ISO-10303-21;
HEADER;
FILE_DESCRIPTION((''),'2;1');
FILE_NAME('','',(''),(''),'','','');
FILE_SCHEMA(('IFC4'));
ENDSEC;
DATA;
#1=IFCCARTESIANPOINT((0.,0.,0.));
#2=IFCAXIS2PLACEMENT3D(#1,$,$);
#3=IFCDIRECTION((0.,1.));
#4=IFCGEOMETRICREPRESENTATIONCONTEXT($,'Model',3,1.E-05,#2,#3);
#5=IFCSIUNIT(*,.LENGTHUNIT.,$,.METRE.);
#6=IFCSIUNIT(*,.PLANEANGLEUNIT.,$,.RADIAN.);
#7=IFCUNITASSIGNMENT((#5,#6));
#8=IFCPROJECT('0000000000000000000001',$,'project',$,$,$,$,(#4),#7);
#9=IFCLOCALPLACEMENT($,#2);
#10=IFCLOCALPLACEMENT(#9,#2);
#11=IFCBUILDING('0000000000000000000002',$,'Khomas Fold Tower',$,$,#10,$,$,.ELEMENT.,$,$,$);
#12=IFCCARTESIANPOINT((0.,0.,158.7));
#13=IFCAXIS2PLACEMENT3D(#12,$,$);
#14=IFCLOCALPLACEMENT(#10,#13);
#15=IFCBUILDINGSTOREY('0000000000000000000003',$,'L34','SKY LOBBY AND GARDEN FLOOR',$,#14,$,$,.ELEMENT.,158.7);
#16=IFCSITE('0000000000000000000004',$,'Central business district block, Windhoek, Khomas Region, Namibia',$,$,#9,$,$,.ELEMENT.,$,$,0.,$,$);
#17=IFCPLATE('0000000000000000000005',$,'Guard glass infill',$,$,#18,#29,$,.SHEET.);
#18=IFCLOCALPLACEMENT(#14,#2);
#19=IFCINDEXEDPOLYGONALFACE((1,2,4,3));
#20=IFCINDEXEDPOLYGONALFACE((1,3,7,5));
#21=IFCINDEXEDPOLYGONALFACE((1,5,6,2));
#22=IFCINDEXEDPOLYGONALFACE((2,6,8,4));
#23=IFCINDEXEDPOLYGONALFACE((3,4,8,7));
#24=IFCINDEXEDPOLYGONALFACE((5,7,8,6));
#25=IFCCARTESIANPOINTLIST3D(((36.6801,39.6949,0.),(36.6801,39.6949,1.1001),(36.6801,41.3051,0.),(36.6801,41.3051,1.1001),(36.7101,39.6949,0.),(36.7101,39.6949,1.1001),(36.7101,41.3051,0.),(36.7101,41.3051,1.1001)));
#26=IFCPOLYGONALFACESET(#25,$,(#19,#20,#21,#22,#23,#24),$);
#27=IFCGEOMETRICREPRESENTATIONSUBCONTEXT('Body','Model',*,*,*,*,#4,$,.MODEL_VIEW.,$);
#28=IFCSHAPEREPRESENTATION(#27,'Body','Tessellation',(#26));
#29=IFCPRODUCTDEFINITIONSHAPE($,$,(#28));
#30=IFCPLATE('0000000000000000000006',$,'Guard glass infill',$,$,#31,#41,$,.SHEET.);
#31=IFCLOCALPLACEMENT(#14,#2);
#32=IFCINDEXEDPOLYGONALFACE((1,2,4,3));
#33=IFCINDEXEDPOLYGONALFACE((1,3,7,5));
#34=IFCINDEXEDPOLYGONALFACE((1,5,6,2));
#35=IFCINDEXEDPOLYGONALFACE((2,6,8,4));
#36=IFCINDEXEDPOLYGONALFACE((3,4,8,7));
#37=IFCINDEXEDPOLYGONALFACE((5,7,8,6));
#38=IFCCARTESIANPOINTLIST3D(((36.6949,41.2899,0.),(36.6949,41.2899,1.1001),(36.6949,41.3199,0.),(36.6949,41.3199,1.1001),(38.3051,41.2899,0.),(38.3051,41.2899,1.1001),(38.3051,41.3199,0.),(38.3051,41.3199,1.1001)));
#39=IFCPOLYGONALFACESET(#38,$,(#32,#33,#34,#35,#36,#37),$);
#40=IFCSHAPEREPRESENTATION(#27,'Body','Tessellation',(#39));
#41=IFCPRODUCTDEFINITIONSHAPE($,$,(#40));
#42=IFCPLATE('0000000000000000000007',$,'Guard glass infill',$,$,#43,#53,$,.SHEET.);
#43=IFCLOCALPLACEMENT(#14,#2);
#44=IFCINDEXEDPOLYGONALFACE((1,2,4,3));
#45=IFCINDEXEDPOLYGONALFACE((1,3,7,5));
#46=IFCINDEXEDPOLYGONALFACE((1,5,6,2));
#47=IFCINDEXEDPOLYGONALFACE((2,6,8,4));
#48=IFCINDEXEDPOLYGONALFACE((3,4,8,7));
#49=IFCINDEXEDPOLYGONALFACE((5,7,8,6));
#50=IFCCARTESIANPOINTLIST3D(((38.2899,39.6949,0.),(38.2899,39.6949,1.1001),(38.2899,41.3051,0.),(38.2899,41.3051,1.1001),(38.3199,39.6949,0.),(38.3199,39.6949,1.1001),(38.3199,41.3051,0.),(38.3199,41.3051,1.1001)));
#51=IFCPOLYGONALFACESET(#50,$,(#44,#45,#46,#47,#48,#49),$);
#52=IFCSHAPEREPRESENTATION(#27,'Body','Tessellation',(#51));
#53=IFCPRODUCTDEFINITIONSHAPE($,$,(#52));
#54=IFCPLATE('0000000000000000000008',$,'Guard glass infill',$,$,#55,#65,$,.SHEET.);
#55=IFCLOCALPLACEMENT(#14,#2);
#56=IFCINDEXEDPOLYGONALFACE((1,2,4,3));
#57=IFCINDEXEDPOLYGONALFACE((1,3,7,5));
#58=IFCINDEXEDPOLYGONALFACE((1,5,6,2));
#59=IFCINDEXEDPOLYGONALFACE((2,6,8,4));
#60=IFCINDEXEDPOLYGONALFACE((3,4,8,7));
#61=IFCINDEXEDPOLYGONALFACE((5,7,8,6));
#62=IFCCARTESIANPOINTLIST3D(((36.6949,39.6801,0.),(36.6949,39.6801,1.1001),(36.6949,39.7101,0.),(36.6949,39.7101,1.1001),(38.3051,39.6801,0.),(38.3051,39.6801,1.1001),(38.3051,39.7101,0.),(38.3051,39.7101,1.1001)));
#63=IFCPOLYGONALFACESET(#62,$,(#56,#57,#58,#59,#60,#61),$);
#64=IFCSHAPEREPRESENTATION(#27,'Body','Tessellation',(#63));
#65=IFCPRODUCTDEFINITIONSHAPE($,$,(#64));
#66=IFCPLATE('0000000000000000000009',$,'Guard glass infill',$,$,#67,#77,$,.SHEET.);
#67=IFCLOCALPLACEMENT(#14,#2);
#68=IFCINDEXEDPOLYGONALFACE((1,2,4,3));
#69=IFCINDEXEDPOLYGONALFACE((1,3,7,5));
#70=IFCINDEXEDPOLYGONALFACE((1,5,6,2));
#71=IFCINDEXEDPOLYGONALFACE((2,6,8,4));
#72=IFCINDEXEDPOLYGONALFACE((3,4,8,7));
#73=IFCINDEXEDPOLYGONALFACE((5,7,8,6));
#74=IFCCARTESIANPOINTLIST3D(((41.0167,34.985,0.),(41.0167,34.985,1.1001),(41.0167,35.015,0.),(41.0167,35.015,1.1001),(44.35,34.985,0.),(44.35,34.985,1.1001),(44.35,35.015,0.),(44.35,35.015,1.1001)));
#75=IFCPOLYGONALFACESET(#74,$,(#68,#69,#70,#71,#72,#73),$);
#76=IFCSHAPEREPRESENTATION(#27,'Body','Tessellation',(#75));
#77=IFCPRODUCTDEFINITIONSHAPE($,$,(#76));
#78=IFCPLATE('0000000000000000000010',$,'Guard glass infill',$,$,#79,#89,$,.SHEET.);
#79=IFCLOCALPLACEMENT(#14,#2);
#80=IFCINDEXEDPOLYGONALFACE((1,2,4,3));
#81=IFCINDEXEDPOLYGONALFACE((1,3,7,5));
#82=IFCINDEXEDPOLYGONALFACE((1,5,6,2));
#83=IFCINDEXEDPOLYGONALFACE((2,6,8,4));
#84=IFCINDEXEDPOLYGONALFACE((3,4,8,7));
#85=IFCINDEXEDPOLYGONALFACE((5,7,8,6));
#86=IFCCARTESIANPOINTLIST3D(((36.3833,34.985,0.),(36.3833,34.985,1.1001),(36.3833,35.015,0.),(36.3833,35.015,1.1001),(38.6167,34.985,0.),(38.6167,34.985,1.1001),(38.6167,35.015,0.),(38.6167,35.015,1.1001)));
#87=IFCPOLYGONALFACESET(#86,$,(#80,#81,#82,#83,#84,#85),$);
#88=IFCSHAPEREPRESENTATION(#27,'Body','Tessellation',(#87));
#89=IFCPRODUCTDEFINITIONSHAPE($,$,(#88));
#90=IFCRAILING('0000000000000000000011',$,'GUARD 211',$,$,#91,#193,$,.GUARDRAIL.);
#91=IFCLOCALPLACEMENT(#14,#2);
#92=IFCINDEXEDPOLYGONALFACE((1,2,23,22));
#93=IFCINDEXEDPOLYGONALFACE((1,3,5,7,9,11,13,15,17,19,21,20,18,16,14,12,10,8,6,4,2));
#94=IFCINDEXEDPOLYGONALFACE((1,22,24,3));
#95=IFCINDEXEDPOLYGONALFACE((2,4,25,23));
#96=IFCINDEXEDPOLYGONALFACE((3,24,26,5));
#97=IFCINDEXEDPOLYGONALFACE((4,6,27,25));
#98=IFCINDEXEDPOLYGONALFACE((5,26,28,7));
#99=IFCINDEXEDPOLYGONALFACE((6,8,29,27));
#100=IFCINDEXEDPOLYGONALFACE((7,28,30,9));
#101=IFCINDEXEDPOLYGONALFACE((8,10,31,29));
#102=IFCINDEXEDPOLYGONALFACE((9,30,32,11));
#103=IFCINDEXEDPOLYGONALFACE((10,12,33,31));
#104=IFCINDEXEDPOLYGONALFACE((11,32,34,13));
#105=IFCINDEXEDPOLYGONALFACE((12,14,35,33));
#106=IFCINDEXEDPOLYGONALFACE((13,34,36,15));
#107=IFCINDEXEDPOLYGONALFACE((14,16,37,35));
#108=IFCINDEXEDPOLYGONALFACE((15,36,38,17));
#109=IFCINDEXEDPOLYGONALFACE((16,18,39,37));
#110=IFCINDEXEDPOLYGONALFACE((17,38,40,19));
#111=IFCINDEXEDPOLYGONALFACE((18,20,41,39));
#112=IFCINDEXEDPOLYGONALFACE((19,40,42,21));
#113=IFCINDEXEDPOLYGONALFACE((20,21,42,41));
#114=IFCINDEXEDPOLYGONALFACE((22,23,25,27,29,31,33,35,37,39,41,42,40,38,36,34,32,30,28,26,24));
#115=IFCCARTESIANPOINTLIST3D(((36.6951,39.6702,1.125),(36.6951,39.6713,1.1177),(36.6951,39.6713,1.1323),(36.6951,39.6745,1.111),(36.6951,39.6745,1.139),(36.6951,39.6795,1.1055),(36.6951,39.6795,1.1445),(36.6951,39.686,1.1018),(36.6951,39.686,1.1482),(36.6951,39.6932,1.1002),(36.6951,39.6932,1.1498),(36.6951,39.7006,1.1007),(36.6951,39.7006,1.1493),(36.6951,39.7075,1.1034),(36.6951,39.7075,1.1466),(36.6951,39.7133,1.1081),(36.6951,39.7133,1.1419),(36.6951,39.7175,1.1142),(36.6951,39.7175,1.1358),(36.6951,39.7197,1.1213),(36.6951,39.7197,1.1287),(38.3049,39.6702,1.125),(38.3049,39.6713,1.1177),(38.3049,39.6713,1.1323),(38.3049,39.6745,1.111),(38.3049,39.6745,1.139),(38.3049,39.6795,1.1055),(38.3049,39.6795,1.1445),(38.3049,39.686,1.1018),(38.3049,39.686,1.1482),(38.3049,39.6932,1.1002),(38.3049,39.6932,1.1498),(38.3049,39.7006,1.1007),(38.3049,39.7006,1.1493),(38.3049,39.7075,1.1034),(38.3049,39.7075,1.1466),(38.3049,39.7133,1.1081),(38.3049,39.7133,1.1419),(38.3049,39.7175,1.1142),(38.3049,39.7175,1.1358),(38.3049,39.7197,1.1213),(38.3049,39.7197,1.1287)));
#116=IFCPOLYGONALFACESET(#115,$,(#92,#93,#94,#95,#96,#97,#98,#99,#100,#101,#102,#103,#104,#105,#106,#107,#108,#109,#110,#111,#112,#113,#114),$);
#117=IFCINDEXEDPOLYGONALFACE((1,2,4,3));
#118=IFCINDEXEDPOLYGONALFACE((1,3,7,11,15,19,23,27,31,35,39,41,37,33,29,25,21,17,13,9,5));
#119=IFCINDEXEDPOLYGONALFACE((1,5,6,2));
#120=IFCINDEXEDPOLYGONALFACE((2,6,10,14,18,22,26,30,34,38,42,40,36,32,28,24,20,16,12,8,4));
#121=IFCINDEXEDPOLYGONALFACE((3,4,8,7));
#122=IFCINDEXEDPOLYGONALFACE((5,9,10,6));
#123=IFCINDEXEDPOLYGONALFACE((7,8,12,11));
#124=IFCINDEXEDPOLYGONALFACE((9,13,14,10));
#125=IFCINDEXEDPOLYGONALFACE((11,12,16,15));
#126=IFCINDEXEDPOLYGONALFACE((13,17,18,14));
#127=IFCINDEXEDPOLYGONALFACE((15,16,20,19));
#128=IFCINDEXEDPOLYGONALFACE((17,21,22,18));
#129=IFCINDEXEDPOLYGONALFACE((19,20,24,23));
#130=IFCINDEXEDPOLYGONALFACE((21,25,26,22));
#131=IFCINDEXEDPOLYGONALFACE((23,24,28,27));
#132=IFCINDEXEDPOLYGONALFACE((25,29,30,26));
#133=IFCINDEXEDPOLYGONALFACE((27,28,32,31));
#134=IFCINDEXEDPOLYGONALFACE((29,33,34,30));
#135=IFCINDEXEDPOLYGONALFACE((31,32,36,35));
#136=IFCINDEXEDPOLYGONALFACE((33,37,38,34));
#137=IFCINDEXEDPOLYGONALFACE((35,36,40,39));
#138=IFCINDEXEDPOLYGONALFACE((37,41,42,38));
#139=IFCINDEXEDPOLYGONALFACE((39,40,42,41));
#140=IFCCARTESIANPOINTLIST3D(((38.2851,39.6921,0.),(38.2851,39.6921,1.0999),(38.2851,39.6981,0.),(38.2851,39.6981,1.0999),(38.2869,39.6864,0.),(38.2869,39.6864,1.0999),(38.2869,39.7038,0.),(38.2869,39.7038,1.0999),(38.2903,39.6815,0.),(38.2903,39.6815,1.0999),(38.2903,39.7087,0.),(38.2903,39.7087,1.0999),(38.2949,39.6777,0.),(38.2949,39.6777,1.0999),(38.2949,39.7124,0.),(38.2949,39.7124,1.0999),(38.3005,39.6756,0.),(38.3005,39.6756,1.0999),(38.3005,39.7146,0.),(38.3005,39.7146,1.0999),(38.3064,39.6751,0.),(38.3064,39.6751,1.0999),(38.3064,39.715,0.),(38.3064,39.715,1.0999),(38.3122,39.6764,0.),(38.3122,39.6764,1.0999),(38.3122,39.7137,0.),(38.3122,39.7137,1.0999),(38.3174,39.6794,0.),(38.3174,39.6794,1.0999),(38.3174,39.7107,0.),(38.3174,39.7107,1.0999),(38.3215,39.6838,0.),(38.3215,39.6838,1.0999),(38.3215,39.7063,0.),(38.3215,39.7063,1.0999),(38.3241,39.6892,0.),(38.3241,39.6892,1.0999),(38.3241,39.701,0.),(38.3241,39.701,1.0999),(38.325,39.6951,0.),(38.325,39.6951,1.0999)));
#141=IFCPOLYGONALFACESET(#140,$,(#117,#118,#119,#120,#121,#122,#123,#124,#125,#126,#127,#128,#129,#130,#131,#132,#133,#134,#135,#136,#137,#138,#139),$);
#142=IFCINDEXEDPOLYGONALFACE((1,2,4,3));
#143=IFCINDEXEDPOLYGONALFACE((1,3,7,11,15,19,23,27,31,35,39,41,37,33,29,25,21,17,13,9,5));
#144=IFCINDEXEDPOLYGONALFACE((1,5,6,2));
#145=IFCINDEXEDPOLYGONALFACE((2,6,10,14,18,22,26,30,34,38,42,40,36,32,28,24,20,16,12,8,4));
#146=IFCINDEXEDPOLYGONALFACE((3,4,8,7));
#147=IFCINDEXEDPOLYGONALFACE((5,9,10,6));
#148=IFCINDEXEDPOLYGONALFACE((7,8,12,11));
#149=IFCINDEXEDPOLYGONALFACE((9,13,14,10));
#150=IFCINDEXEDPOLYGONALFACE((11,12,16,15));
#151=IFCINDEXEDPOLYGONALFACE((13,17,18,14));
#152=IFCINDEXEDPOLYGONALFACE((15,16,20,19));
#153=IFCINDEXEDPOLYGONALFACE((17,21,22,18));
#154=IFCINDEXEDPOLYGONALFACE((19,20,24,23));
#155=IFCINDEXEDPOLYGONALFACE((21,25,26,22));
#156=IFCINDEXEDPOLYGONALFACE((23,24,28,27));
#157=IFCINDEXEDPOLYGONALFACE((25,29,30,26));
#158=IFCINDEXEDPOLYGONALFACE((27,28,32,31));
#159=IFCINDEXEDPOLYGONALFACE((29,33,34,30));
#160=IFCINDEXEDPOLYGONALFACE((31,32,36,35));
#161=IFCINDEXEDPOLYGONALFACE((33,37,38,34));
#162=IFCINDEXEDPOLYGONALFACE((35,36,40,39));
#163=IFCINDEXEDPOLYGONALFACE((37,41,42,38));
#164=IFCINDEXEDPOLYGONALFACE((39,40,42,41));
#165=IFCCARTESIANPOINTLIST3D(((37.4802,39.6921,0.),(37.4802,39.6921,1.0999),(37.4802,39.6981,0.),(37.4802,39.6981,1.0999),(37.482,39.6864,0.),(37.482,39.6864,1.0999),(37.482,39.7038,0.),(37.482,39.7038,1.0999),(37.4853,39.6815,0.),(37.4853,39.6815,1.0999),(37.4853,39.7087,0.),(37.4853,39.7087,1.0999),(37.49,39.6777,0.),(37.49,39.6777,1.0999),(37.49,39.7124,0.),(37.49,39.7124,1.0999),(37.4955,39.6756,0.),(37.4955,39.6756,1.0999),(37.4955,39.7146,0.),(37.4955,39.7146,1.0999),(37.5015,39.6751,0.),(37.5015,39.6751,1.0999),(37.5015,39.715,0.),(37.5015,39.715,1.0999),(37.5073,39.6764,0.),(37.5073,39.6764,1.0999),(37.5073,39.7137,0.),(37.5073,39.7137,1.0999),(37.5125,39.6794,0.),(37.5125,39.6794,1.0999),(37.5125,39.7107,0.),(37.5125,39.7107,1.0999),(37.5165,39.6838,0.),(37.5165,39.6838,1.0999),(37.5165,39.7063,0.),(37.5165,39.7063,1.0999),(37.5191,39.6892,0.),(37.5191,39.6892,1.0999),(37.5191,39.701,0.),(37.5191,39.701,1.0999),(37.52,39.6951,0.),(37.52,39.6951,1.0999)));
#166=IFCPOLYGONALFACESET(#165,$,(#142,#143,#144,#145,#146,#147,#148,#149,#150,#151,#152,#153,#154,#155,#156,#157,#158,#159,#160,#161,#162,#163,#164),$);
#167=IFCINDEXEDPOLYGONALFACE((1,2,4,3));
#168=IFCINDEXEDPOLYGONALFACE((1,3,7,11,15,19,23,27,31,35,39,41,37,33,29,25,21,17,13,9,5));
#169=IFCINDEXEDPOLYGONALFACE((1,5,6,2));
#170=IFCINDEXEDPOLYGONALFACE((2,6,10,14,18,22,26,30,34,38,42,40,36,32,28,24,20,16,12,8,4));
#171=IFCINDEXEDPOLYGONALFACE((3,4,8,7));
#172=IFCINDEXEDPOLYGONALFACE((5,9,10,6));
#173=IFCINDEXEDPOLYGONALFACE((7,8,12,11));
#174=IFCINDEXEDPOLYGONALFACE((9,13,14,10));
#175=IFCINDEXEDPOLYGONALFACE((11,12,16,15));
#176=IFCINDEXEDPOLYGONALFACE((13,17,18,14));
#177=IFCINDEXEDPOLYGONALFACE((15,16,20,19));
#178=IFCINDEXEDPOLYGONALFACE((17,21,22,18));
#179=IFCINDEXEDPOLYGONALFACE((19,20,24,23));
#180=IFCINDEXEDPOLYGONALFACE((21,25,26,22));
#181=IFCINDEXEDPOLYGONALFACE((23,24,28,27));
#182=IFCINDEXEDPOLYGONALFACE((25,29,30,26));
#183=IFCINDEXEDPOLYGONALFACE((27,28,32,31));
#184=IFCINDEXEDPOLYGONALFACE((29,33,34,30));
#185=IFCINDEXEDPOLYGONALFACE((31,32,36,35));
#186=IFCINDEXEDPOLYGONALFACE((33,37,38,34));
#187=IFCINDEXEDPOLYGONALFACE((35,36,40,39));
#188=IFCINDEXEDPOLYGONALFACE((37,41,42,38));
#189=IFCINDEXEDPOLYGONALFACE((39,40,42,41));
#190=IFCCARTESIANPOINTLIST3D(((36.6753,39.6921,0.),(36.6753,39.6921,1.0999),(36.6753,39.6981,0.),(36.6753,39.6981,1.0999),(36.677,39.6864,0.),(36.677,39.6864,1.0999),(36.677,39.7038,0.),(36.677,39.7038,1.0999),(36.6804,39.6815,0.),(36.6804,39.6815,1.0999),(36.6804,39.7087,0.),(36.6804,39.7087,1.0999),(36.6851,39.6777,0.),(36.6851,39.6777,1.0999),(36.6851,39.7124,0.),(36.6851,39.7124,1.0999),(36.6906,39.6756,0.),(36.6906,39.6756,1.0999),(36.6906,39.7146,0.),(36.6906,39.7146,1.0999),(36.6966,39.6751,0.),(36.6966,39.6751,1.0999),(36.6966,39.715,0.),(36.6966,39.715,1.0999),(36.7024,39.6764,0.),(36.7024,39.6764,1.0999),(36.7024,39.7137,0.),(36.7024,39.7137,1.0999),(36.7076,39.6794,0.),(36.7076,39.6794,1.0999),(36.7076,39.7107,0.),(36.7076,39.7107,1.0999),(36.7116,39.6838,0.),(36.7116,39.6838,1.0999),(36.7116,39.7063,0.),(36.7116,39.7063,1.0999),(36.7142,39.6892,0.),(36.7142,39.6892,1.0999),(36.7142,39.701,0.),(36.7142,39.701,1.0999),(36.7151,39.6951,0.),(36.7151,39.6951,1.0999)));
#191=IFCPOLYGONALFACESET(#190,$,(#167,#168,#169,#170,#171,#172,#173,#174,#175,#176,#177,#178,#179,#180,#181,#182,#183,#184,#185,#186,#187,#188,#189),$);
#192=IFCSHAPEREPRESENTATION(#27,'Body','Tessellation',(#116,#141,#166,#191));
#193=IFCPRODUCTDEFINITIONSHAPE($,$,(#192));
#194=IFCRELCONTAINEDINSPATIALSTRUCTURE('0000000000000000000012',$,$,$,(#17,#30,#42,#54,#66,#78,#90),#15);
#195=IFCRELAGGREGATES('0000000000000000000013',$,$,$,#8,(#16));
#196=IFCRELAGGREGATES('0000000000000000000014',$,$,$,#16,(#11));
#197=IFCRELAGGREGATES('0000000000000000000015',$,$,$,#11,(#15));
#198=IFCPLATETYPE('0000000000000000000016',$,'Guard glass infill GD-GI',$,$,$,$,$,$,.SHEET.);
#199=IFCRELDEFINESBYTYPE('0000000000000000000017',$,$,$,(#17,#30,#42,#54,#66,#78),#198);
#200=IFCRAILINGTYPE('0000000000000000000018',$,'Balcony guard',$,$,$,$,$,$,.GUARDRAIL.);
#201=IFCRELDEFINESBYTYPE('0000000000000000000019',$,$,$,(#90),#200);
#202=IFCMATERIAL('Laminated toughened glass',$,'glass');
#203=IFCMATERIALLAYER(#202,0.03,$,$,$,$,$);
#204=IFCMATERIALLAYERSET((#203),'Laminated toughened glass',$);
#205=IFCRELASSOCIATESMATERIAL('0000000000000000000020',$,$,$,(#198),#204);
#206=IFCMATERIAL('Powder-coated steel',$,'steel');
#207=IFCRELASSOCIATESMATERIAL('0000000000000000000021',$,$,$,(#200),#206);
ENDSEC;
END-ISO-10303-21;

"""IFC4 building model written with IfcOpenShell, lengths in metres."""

from ifc_helpers import new_model, si_unit, direction, frame, origin, origin_2d, place, context, subcontext, project, spatial, rectangle, circle, extrude, source, transform, mapped, material, layer, layer_set, type_object, element, save


model = new_model("IFC4")

# Units and contexts
model_context = context("Model", 3, precision=1e-05, world=origin(), true_north=direction((0.0, 1.0)))
body_context = subcontext(model_context, "Body", "Model", "MODEL_VIEW")
ifc_project = project(units=[si_unit("LENGTHUNIT", "METRE"), si_unit("PLANEANGLEUNIT", "RADIAN")], contexts=[model_context])

# Site, building, storey
site_placement = place(None, origin())
site = spatial("IfcSite", under=ifc_project, at=site_placement, Name="Central business district block, Windhoek, Khomas Region, Namibia", CompositionType="ELEMENT", RefElevation=0.0)
building_placement = place(site_placement, origin())
building = spatial("IfcBuilding", under=site, at=building_placement, Name="Khomas Fold Tower", CompositionType="ELEMENT")
storey_placement = place(building_placement, frame((0.0, 0.0, 158.7)))
storey = spatial("IfcBuildingStorey", under=building, at=storey_placement, Name="L34", Description="SKY LOBBY AND GARDEN FLOOR", CompositionType="ELEMENT", Elevation=158.7)

# Plates
ifc_material_1 = material(Name="Laminated toughened glass", Category="glass")
ifc_layer_1 = layer(ifc_material_1, 0.03)
ifc_layer_set_1 = layer_set([ifc_layer_1], Name="Laminated toughened glass")
plate_type_1 = type_object("IfcPlateType", Name="Guard glass infill GD-GI", PredefinedType="SHEET", material=ifc_layer_set_1)
shared_shape_1 = source(origin(), body_context, "Body", "SweptSolid", [
    extrude(rectangle(XDim=1.6101, YDim=0.03, at=origin_2d()), origin(), (0.0, 0.0, 1.0), 1.1001),
])
for number, where, z_axis, x_axis, name in (
    (1, (36.6951, 40.5, 0.0), (0.0, 0.0, 1.0), (0.0, 1.0, 0.0), "Guard glass infill"),
    (2, (37.5, 41.3049, 0.0), (0.0, 0.0, 1.0), (1.0, 0.0, 0.0), "Guard glass infill"),
    (3, (38.3049, 40.5, 0.0), (0.0, 0.0, 1.0), (0.0, -1.0, 0.0), "Guard glass infill"),
    (4, (37.5, 39.6951, 0.0), (0.0, 0.0, 1.0), (-1.0, 0.0, 0.0), "Guard glass infill"),
):
    element("IfcPlate", number, at=place(storey_placement, frame(where, z_axis=z_axis, x_axis=x_axis)), inside=storey, type_object=plate_type_1, Name=name, PredefinedType="SHEET", context=body_context, shape_type="MappedRepresentation", body=[
        mapped(shared_shape_1, transform((0.0, 0.0, 0.0))),
    ])
shared_shape_2 = source(origin(), body_context, "Body", "SweptSolid", [
    extrude(rectangle(XDim=3.3333, YDim=0.03, at=origin_2d()), origin(), (0.0, 0.0, 1.0), 1.1001),
])
plate_1_placement = place(storey_placement, frame((42.6833, 35.0, 0.0), z_axis=(0.0, 0.0, 1.0), x_axis=(-1.0, 0.0, 0.0)))
element("IfcPlate", 5, at=plate_1_placement, inside=storey, type_object=plate_type_1, Name="Guard glass infill", PredefinedType="SHEET", context=body_context, shape_type="MappedRepresentation", body=[
    mapped(shared_shape_2, transform((0.0, 0.0, 0.0))),
])
shared_shape_3 = source(origin(), body_context, "Body", "SweptSolid", [
    extrude(rectangle(XDim=2.2334, YDim=0.03, at=origin_2d()), origin(), (0.0, 0.0, 1.0), 1.1001),
])
plate_2_placement = place(storey_placement, frame((37.5, 35.0, 0.0), z_axis=(0.0, 0.0, 1.0), x_axis=(-1.0, 0.0, 0.0)))
element("IfcPlate", 6, at=plate_2_placement, inside=storey, type_object=plate_type_1, Name="Guard glass infill", PredefinedType="SHEET", context=body_context, shape_type="MappedRepresentation", body=[
    mapped(shared_shape_3, transform((0.0, 0.0, 0.0))),
])

# Railing
ifc_material_2 = material(Name="Powder-coated steel", Category="steel")
railing_type = type_object("IfcRailingType", Name="Balcony guard", PredefinedType="GUARDRAIL", material=ifc_material_2)
shared_shape_4 = source(origin(), body_context, "Body", "SweptSolid", [
    extrude(circle(Radius=0.0249, at=origin_2d()), frame((0.0, 0.0, 1.125), z_axis=(-1.0, 0.0, 0.0), x_axis=(0.0, -1.0, 0.0)), (0.0, 0.0, 1.0), 1.6099),
    extrude(circle(Radius=0.02, at=origin_2d()), origin(), (0.0, 0.0, 1.0), 1.0999),
    extrude(circle(Radius=0.02, at=origin_2d()), frame((-0.8049, 0.0, 0.0)), (0.0, 0.0, 1.0), 1.0999),
    extrude(circle(Radius=0.02, at=origin_2d()), frame((-1.6099, 0.0, 0.0)), (0.0, 0.0, 1.0), 1.0999),
])
railing_1_placement = place(storey_placement, frame((38.3049, 39.6951, 0.0)))
element("IfcRailing", 7, at=railing_1_placement, inside=storey, type_object=railing_type, Name="GUARD 211", PredefinedType="GUARDRAIL", context=body_context, shape_type="MappedRepresentation", body=[
    mapped(shared_shape_4, transform((0.0, 0.0, 0.0))),
])

save(model, "model.ifc")
